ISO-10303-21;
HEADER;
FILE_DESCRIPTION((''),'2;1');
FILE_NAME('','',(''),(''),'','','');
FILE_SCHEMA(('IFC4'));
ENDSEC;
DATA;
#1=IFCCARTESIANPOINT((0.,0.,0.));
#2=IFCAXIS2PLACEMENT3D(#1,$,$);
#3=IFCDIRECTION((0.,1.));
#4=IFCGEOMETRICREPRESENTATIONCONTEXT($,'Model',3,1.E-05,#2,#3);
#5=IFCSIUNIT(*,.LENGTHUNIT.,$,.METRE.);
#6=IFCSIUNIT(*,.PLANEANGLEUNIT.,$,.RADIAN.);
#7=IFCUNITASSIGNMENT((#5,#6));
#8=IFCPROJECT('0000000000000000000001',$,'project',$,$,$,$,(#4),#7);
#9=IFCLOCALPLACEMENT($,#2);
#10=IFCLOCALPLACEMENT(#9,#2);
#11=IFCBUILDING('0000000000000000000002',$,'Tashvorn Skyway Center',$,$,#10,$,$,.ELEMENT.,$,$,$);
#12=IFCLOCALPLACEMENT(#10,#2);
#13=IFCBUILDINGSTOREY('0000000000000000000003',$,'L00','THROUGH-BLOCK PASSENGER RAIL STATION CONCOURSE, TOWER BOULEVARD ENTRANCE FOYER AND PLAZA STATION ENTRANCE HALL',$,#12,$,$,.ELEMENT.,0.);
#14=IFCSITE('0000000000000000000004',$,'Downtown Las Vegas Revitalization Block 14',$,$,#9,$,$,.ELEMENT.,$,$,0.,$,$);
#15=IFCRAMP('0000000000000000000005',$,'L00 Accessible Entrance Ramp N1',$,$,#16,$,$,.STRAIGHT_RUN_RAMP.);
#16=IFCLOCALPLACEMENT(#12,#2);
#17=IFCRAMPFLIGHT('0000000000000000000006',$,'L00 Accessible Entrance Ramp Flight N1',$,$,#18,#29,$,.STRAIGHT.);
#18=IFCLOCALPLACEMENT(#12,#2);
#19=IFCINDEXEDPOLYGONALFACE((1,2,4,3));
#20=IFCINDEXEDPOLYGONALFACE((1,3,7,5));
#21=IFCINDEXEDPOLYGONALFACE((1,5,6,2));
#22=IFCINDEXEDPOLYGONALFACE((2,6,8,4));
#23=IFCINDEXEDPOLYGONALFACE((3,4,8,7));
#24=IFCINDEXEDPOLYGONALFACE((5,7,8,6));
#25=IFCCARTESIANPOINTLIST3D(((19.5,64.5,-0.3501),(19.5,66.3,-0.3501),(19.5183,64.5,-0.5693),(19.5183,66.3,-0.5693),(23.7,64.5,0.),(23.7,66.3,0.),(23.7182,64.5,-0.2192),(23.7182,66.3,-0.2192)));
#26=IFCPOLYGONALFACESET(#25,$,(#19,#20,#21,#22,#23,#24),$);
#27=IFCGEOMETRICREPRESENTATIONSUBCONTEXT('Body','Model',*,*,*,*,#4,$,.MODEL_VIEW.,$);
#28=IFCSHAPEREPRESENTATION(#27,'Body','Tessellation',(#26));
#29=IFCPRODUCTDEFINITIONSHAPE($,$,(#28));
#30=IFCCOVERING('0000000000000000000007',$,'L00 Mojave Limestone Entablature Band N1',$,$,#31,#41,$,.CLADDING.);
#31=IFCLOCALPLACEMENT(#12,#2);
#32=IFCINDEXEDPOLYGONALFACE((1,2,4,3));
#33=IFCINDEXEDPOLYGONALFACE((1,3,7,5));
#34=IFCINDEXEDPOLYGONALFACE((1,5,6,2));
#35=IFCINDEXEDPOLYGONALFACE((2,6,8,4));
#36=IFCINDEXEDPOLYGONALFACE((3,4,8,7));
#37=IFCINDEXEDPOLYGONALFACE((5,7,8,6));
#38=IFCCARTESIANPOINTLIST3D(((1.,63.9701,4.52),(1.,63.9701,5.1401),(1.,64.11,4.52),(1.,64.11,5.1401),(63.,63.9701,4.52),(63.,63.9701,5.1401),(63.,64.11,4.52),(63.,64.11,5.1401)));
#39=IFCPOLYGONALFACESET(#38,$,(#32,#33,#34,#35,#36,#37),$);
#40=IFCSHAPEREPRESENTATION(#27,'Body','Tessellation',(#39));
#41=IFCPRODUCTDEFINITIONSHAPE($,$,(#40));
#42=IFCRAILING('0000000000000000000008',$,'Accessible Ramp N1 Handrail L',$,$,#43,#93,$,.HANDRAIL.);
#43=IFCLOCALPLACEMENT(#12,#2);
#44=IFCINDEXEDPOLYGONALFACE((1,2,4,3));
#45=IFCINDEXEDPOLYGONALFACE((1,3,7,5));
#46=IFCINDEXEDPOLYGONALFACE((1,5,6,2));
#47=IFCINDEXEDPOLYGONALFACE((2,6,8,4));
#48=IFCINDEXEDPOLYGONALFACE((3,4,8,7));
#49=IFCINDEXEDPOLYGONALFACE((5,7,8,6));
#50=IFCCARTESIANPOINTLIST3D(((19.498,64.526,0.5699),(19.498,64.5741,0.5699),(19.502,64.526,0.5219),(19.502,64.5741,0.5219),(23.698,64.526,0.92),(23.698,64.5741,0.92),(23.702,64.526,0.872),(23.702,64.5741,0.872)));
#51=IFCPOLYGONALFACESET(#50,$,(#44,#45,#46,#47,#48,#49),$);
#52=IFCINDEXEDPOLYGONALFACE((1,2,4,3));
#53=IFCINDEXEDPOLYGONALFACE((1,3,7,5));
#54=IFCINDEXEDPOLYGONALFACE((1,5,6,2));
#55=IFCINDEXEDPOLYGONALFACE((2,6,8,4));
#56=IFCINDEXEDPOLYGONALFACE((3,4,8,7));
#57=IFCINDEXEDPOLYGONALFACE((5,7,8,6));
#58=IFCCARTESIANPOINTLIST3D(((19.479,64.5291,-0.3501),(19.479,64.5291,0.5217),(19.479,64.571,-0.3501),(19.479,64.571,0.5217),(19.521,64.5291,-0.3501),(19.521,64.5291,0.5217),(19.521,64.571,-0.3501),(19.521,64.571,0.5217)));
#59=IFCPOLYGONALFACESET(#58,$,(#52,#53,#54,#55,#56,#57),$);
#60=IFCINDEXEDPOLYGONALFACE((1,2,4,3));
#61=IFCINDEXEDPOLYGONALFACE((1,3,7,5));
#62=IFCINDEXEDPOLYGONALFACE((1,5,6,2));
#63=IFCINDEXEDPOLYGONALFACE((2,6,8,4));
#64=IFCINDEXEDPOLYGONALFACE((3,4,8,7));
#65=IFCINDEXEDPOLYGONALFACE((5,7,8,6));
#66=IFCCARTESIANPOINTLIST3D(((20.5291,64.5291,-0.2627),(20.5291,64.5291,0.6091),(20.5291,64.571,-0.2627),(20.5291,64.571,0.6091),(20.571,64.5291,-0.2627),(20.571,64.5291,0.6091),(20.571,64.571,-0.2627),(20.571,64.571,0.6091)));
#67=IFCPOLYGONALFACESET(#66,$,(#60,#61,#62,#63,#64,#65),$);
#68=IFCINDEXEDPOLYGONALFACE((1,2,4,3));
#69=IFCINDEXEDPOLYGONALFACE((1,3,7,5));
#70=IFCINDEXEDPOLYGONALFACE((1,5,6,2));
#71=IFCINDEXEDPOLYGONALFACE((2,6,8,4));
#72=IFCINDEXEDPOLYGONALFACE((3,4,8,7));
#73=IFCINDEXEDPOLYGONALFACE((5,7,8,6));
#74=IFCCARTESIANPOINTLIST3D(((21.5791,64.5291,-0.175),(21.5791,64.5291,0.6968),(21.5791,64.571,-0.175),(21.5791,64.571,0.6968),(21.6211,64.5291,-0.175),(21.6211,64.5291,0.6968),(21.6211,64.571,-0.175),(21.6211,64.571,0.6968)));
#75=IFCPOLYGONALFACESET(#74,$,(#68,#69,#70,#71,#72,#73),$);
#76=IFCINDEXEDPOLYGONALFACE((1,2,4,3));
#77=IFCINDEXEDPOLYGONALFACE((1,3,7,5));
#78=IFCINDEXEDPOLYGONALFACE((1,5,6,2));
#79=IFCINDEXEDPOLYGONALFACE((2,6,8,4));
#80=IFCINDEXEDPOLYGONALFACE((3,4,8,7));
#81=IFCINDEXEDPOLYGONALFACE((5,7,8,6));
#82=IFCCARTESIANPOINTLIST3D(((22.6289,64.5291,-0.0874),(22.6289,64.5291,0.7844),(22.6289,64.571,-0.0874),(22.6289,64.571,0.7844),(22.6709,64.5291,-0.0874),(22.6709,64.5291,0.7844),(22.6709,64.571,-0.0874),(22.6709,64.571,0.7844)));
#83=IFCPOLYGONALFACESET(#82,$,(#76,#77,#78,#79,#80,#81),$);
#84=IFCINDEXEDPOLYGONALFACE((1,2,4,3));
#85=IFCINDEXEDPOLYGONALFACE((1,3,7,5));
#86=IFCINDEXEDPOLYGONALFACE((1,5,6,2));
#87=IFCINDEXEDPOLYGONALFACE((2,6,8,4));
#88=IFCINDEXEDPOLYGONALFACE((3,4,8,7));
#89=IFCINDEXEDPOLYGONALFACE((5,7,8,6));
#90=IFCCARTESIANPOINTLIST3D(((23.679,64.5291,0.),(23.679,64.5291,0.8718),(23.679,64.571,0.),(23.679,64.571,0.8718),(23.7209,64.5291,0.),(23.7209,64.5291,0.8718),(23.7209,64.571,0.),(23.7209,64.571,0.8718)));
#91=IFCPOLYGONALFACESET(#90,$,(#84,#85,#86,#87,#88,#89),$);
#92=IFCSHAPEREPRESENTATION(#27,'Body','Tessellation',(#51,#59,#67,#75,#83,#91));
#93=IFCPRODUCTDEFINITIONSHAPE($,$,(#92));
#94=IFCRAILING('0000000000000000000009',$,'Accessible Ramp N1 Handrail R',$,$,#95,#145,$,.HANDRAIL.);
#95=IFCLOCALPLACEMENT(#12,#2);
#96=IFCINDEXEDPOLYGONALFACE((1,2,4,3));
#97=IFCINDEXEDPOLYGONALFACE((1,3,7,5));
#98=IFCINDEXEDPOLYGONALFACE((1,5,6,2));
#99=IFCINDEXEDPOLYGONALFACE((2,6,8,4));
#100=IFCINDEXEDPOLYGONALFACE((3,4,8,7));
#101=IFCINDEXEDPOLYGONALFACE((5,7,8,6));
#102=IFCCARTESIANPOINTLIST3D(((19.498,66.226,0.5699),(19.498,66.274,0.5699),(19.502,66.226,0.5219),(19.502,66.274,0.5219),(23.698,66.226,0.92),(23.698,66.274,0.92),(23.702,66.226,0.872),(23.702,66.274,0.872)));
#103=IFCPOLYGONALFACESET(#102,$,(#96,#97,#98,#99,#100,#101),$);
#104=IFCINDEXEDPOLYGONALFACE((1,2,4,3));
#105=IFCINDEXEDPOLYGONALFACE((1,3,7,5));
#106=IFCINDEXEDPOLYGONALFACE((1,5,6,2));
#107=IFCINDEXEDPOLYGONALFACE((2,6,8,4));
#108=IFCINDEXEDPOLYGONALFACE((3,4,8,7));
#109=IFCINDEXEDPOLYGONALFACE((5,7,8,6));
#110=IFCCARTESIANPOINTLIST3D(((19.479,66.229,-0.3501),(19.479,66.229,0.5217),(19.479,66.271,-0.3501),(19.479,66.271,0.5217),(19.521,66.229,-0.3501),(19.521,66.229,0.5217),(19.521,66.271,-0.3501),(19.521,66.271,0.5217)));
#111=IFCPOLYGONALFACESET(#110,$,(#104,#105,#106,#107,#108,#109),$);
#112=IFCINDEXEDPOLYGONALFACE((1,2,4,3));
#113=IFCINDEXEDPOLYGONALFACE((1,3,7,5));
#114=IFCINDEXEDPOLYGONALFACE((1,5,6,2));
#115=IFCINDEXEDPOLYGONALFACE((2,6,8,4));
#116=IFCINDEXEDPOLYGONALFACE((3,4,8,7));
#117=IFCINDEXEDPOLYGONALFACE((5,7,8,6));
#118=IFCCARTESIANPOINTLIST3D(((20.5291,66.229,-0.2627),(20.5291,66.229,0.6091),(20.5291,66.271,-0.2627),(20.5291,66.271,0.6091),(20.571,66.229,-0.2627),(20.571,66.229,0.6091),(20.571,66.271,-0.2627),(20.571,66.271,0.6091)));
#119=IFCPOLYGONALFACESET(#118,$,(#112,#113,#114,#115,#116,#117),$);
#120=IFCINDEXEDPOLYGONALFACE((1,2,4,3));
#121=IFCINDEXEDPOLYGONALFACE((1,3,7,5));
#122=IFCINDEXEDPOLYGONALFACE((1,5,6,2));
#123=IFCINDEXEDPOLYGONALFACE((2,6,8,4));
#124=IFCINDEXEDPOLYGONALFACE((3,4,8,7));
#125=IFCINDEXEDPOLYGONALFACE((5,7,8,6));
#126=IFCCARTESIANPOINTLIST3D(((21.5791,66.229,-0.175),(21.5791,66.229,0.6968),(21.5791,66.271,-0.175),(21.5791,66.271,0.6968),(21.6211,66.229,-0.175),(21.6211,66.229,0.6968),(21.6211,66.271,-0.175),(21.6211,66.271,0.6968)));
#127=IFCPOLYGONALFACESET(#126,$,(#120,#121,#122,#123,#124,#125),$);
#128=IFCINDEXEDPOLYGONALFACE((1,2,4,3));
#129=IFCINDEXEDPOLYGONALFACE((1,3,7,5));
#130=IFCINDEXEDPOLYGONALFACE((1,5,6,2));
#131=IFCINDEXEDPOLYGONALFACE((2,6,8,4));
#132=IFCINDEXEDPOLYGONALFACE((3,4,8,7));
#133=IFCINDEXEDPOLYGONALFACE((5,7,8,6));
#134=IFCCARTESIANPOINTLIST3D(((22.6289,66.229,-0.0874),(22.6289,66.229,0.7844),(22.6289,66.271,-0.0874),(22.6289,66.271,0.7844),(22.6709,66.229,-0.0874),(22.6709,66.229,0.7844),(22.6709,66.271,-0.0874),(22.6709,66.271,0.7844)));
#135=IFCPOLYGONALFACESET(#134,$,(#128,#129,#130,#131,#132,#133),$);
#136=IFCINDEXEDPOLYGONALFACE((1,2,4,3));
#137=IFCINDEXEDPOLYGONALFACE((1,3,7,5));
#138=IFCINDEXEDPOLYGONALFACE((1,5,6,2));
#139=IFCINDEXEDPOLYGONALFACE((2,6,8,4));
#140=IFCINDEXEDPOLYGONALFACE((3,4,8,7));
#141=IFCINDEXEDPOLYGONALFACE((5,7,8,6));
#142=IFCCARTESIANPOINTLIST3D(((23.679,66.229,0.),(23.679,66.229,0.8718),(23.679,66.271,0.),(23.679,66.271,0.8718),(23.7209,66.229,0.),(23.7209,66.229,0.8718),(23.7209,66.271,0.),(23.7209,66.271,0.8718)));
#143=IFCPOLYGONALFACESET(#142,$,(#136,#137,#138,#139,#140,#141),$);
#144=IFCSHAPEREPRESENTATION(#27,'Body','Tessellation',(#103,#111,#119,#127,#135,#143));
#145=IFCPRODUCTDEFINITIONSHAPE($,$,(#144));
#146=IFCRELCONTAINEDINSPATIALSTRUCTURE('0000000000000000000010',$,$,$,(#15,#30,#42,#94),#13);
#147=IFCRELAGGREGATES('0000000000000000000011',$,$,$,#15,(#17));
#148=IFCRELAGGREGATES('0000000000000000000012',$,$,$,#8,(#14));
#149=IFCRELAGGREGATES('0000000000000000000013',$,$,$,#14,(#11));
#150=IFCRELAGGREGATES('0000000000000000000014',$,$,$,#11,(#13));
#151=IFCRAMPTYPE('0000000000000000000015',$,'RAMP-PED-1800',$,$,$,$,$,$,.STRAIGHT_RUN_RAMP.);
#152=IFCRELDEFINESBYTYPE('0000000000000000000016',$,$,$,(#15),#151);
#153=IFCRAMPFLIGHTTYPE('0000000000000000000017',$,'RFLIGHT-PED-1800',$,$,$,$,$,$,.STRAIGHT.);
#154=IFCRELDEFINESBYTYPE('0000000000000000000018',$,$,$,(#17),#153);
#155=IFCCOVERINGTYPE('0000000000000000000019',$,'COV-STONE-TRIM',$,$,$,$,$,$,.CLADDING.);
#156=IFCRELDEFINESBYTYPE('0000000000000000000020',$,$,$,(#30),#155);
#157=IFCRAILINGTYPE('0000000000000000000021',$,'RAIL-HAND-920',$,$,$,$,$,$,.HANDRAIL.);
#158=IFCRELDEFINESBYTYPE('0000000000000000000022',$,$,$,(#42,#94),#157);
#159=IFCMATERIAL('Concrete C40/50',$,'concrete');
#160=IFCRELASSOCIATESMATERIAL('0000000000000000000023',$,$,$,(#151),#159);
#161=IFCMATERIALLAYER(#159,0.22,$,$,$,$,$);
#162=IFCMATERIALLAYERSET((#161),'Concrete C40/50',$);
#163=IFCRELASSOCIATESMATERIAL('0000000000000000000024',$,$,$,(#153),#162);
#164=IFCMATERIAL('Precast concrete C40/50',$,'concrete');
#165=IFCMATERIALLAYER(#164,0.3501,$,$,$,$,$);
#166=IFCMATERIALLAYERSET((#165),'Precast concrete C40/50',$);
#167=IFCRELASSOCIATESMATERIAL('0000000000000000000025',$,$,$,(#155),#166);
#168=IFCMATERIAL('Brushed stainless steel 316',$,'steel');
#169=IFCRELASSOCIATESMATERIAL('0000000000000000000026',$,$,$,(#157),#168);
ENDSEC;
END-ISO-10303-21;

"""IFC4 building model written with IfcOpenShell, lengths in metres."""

from ifc_helpers import new_model, si_unit, direction, frame, origin, origin_2d, place, context, subcontext, project, spatial, polyline, rectangle, outline, extrude, material, layer, layer_set, type_object, element, aggregate, save


model = new_model("IFC4")

# Units and contexts
model_context = context("Model", 3, precision=1e-05, world=origin(), true_north=direction((0.0, 1.0)))
body_context = subcontext(model_context, "Body", "Model", "MODEL_VIEW")
ifc_project = project(units=[si_unit("LENGTHUNIT", "METRE"), si_unit("PLANEANGLEUNIT", "RADIAN")], contexts=[model_context])

# Site, building, storey
site_placement = place(None, origin())
site = spatial("IfcSite", under=ifc_project, at=site_placement, Name="Downtown Las Vegas Revitalization Block 14", CompositionType="ELEMENT", RefElevation=0.0)
building_placement = place(site_placement, origin())
building = spatial("IfcBuilding", under=site, at=building_placement, Name="Tashvorn Skyway Center", CompositionType="ELEMENT")
storey_placement = place(building_placement, origin())
storey = spatial("IfcBuildingStorey", under=building, at=storey_placement, Name="L00", Description="THROUGH-BLOCK PASSENGER RAIL STATION CONCOURSE, TOWER BOULEVARD ENTRANCE FOYER AND PLAZA STATION ENTRANCE HALL", CompositionType="ELEMENT", Elevation=0.0)

# Shared definitions
ifc_material_1 = material(Name="Precast concrete C40/50", Category="concrete")

# Ramp, ramp flight
ifc_material_2 = material(Name="Concrete C40/50", Category="concrete")
ramp_type = type_object("IfcRampType", Name="RAMP-PED-1800", PredefinedType="STRAIGHT_RUN_RAMP", material=ifc_material_2)
ramp_placement = place(storey_placement, origin())
ramp = element("IfcRamp", 1, at=ramp_placement, inside=storey, type_object=ramp_type, Name="L00 Accessible Entrance Ramp N1", PredefinedType="STRAIGHT_RUN_RAMP")
ifc_layer_1 = layer(ifc_material_2, 0.22)
ifc_layer_set_1 = layer_set([ifc_layer_1], Name="Concrete C40/50")
ramp_flight_type = type_object("IfcRampFlightType", Name="RFLIGHT-PED-1800", PredefinedType="STRAIGHT", material=ifc_layer_set_1)
ramp_flight_placement = place(storey_placement, frame((19.5, 64.5, -0.3501), z_axis=(-0.083069, 0.0, 0.996544), x_axis=(0.996544, 0.0, 0.083069)))
ramp_flight = element("IfcRampFlight", 2, at=ramp_flight_placement, type_object=ramp_flight_type, Name="L00 Accessible Entrance Ramp Flight N1", PredefinedType="STRAIGHT", context=body_context, shape_type="SweptSolid", body=[
    extrude(outline(polyline([(0.0, 0.0), (4.2145, 0.0), (4.2145, 1.8), (0.0, 1.8), (0.0, 0.0)])), origin(), (0.0, 0.0, -1.0), 0.22),
])
aggregate(ramp, [ramp_flight])

# Covering
ifc_layer_2 = layer(ifc_material_1, 0.3501)
ifc_layer_set_2 = layer_set([ifc_layer_2], Name="Precast concrete C40/50")
covering_type = type_object("IfcCoveringType", Name="COV-STONE-TRIM", PredefinedType="CLADDING", material=ifc_layer_set_2)
covering_placement = place(storey_placement, frame((32.0, 64.04, 4.52), z_axis=(0.0, 0.0, 1.0), x_axis=(1.0, 0.0, 0.0)))
element("IfcCovering", 3, at=covering_placement, inside=storey, type_object=covering_type, Name="L00 Mojave Limestone Entablature Band N1", PredefinedType="CLADDING", context=body_context, shape_type="SweptSolid", body=[
    extrude(rectangle(XDim=62.0, YDim=0.1399, at=origin_2d()), origin(), (0.0, 0.0, 1.0), 0.6201),
])

# Railings
ifc_material_3 = material(Name="Brushed stainless steel 316", Category="steel")
railing_type = type_object("IfcRailingType", Name="RAIL-HAND-920", PredefinedType="HANDRAIL", material=ifc_material_3)
for number, where, name in (
    (4, (19.5, 64.55, -0.3501), "Accessible Ramp N1 Handrail L"),
    (5, (19.5, 66.25, -0.3501), "Accessible Ramp N1 Handrail R"),
):
    element("IfcRailing", number, at=place(storey_placement, frame(where)), inside=storey, type_object=railing_type, Name=name, PredefinedType="HANDRAIL", context=body_context, shape_type="SweptSolid", body=[
        extrude(rectangle(XDim=0.0481, YDim=0.0481, at=origin_2d()), frame((0.0, 0.0, 0.896), z_axis=(0.996544, 0.0, 0.083069), x_axis=(0.0, 1.0, 0.0)), (0.0, 0.0, 1.0), 4.2146),
        extrude(rectangle(XDim=0.042, YDim=0.042, at=origin_2d()), origin(), (0.0, 0.0, 1.0), 0.8718),
        extrude(rectangle(XDim=0.042, YDim=0.042, at=origin_2d()), frame((1.05, 0.0, 0.0874)), (0.0, 0.0, 1.0), 0.8718),
        extrude(rectangle(XDim=0.042, YDim=0.042, at=origin_2d()), frame((2.1001, 0.0, 0.175)), (0.0, 0.0, 1.0), 0.8718),
        extrude(rectangle(XDim=0.042, YDim=0.042, at=origin_2d()), frame((3.1499, 0.0, 0.2627)), (0.0, 0.0, 1.0), 0.8718),
        extrude(rectangle(XDim=0.042, YDim=0.042, at=origin_2d()), frame((4.2, 0.0, 0.3501)), (0.0, 0.0, 1.0), 0.8718),
    ])

save(model, "model.ifc")
